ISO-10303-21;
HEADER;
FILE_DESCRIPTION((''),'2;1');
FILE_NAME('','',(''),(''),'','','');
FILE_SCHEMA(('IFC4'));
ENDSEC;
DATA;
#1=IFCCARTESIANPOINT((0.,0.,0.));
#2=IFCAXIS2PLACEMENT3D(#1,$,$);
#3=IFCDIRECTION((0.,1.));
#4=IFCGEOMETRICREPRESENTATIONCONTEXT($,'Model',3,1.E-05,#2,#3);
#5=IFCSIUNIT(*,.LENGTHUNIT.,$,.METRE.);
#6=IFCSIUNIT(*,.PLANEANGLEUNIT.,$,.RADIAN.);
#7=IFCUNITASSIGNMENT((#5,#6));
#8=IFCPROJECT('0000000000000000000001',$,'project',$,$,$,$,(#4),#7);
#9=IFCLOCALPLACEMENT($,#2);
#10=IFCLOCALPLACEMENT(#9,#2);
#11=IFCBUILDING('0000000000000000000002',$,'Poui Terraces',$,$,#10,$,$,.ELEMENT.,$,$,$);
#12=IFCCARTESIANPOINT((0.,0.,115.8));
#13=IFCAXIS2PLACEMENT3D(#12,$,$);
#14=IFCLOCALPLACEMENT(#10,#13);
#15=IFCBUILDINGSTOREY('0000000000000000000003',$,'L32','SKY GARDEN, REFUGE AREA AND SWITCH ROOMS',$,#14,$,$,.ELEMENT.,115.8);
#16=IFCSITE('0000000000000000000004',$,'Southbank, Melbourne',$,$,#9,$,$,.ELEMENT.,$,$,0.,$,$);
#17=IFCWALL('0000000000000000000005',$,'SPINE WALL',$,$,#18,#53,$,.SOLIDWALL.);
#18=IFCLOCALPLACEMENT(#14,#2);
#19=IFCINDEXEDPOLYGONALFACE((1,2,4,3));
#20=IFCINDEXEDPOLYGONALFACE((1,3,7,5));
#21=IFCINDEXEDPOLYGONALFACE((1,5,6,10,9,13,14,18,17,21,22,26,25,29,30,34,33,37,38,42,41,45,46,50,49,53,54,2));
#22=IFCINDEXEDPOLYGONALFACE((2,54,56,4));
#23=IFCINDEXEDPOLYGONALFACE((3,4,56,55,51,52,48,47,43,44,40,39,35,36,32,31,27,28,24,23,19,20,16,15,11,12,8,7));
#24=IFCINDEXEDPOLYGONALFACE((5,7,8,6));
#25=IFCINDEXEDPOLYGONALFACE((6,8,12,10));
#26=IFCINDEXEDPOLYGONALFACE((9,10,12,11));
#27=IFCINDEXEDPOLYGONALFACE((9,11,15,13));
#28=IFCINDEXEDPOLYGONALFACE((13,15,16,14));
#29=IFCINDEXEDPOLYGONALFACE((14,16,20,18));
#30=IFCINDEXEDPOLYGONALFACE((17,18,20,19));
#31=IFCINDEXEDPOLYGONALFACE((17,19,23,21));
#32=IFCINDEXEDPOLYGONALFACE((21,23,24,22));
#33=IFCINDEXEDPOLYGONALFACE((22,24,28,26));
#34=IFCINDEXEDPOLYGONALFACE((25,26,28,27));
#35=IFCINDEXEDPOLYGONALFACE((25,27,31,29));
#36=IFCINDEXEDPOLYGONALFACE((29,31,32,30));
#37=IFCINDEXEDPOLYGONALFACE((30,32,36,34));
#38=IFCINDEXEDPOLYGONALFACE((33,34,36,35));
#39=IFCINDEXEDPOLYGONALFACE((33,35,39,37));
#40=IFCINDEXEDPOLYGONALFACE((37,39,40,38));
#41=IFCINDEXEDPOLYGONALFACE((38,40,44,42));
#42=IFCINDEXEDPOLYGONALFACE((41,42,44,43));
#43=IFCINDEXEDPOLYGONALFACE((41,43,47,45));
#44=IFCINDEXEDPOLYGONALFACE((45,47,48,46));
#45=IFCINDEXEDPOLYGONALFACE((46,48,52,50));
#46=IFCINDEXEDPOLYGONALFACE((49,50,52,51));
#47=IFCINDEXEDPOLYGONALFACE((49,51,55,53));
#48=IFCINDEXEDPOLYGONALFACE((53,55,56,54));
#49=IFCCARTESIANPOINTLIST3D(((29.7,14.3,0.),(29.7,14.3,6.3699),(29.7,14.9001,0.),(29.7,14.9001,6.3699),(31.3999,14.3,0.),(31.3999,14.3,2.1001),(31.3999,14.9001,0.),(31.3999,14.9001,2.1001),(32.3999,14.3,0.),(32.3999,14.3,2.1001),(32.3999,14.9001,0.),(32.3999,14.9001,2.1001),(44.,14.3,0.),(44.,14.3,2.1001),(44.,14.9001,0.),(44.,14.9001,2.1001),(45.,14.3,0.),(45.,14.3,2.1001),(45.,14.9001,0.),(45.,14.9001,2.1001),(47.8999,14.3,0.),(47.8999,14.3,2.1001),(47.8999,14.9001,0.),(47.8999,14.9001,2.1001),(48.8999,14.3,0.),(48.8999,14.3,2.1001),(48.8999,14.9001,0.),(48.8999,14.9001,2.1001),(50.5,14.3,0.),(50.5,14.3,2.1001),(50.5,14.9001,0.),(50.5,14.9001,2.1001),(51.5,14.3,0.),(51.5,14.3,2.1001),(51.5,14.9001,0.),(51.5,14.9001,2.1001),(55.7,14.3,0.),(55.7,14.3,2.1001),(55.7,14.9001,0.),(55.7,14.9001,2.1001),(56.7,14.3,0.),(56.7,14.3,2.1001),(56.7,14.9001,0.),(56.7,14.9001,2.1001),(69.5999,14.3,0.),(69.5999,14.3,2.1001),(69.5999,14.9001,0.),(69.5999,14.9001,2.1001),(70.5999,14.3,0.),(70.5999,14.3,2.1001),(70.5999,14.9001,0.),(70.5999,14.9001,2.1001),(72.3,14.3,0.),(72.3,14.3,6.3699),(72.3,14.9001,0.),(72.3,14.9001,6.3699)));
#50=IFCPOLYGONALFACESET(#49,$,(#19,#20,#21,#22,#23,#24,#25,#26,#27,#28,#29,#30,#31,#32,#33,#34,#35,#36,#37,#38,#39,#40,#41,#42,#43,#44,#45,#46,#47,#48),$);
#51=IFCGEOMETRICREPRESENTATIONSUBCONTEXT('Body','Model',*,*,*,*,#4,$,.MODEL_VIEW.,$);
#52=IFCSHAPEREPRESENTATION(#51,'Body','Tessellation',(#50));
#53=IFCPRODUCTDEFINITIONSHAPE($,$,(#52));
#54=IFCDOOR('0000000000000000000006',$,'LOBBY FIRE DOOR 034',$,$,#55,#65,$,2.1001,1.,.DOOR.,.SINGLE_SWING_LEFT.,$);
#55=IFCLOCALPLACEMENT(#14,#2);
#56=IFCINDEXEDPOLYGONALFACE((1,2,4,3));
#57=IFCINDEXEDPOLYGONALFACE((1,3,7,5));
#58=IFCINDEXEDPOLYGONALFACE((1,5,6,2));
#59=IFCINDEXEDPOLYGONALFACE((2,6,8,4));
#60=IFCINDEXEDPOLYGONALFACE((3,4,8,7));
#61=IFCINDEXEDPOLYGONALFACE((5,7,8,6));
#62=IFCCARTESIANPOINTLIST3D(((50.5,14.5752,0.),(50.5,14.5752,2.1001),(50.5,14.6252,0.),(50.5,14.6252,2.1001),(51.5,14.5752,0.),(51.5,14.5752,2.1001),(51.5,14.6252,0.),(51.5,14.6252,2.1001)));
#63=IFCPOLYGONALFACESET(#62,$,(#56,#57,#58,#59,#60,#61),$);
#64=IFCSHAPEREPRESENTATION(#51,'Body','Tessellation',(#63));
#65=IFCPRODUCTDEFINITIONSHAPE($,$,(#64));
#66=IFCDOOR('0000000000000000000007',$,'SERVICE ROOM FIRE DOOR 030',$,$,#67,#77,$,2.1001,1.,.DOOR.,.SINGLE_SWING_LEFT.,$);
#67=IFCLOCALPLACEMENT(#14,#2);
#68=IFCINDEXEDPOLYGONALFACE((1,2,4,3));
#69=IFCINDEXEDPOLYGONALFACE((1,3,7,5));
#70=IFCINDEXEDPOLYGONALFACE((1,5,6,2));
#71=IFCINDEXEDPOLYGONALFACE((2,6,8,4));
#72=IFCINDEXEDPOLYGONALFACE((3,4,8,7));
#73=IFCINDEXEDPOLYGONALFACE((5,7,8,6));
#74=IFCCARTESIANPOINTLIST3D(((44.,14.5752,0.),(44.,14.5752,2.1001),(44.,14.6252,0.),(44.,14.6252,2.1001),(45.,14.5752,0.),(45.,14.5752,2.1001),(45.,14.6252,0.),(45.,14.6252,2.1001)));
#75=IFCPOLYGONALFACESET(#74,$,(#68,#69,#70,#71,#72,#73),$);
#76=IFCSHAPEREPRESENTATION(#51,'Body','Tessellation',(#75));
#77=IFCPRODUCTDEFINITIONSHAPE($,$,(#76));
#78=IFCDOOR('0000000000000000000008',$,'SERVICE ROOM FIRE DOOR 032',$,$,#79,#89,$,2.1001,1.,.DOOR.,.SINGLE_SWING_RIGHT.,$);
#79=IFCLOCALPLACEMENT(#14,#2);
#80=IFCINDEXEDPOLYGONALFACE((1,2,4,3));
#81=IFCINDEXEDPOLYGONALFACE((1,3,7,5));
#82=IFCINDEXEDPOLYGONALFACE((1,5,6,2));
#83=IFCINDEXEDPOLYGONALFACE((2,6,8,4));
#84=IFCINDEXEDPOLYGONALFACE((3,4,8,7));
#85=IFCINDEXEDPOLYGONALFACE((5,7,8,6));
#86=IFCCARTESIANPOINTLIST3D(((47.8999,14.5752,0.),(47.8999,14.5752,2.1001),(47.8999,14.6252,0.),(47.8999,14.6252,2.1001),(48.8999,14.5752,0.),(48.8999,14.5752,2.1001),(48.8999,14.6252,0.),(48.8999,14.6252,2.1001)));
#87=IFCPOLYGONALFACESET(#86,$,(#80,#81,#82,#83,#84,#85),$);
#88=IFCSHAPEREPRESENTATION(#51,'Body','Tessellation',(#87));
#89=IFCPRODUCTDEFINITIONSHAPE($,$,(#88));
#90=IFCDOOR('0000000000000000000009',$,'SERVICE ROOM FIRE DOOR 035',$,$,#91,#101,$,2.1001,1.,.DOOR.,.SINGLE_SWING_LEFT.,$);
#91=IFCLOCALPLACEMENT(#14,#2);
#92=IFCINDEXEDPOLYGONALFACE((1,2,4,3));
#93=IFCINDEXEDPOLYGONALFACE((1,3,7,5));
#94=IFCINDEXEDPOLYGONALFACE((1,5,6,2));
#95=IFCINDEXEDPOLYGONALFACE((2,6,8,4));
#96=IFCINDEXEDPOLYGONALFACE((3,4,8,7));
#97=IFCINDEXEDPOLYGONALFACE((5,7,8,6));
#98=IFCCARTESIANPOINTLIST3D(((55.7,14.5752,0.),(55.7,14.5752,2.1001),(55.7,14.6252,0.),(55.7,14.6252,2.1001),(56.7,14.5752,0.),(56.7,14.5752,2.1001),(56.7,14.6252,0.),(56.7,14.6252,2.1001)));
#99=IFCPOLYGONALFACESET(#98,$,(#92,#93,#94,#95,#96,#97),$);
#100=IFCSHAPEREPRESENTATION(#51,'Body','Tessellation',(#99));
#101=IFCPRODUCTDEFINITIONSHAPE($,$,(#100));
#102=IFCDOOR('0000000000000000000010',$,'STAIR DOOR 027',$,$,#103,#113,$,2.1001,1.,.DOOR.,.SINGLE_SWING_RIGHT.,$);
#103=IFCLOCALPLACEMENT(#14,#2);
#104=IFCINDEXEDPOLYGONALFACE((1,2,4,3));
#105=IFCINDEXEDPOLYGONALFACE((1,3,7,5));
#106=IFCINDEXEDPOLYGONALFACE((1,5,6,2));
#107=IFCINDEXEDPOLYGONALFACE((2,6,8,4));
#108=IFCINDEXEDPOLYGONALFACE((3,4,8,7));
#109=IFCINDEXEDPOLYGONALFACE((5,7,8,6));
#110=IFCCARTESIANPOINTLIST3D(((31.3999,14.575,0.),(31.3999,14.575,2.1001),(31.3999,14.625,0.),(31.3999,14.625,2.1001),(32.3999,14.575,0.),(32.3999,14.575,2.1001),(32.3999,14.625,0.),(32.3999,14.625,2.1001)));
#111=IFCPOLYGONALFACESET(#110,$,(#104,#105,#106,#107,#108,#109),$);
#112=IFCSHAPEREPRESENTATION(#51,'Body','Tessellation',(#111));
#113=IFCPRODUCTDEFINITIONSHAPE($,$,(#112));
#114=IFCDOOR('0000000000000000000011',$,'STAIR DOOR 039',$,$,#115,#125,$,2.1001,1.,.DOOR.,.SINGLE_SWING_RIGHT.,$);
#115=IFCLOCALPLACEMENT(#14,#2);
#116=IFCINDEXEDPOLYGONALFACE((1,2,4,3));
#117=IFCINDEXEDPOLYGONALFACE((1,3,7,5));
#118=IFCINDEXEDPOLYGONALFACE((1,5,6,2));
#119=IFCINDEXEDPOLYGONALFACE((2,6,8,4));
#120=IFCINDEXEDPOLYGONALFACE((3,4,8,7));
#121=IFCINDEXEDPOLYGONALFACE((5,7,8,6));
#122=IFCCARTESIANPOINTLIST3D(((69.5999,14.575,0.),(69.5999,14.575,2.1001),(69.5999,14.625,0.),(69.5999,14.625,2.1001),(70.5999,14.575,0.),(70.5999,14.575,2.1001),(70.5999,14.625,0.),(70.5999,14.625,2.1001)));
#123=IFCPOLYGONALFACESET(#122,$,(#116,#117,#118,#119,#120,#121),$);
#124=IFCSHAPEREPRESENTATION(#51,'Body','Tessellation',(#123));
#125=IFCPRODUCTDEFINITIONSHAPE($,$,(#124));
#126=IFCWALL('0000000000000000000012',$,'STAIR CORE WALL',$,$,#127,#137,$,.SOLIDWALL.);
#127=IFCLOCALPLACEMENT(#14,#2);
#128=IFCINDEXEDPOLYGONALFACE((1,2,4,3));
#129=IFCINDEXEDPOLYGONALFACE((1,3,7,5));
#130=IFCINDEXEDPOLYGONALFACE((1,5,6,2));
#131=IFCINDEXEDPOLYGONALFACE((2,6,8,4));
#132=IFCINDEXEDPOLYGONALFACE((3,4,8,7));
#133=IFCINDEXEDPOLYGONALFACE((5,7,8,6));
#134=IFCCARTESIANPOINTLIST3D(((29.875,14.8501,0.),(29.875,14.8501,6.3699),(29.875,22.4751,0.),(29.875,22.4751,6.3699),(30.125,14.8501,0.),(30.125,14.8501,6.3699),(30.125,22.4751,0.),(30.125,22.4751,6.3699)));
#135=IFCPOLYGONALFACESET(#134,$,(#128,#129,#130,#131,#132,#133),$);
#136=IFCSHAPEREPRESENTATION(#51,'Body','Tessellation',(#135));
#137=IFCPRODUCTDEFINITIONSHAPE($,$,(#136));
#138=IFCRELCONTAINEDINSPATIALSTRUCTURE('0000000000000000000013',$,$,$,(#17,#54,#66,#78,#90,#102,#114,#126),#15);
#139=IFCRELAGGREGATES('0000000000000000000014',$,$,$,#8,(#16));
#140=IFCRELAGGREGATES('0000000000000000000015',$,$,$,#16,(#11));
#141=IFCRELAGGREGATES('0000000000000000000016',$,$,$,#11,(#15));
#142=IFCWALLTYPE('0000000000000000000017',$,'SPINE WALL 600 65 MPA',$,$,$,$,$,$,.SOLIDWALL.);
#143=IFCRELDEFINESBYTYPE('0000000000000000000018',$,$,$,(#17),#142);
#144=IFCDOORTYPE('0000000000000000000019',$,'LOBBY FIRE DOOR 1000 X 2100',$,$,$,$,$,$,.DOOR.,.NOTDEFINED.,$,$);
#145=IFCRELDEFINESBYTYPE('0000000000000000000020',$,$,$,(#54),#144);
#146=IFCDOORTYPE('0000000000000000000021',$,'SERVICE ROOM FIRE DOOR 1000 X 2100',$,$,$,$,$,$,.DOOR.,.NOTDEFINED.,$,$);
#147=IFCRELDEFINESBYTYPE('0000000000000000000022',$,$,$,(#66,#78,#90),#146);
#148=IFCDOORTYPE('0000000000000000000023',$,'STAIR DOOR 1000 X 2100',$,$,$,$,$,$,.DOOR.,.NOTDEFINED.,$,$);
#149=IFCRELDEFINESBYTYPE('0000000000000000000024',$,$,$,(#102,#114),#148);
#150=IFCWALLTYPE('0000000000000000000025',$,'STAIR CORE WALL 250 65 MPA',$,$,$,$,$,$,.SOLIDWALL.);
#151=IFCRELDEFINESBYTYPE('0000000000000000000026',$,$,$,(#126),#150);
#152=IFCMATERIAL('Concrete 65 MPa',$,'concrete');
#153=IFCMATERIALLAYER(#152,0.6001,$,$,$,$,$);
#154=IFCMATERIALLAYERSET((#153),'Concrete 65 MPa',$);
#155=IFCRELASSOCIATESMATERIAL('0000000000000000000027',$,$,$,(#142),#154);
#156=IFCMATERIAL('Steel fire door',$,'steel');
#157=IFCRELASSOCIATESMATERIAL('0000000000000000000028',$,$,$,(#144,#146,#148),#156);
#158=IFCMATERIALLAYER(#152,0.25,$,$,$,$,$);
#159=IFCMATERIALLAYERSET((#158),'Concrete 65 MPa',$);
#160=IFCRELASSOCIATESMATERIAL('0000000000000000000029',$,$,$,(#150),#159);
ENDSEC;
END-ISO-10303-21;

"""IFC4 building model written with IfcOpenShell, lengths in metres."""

from ifc_helpers import new_model, si_unit, direction, frame, frame_2d, origin, place, context, subcontext, project, spatial, rectangle, extrude, material, layer, layer_set, type_object, element, fill, save


model = new_model("IFC4")

# Units and contexts
model_context = context("Model", 3, precision=1e-05, world=origin(), true_north=direction((0.0, 1.0)))
body_context = subcontext(model_context, "Body", "Model", "MODEL_VIEW")
ifc_project = project(units=[si_unit("LENGTHUNIT", "METRE"), si_unit("PLANEANGLEUNIT", "RADIAN")], contexts=[model_context])

# Site, building, storey
site_placement = place(None, origin())
site = spatial("IfcSite", under=ifc_project, at=site_placement, Name="Southbank, Melbourne", CompositionType="ELEMENT", RefElevation=0.0)
building_placement = place(site_placement, origin())
building = spatial("IfcBuilding", under=site, at=building_placement, Name="Poui Terraces", CompositionType="ELEMENT")
storey_placement = place(building_placement, frame((0.0, 0.0, 115.8)))
storey = spatial("IfcBuildingStorey", under=building, at=storey_placement, Name="L32", Description="SKY GARDEN, REFUGE AREA AND SWITCH ROOMS", CompositionType="ELEMENT", Elevation=115.8)

# Shared definitions
ifc_material_1 = material(Name="Concrete 65 MPa", Category="concrete")
ifc_material_2 = material(Name="Steel fire door", Category="steel")

# Wall, openings, doors
ifc_layer_1 = layer(ifc_material_1, 0.6001)
ifc_layer_set_1 = layer_set([ifc_layer_1], Name="Concrete 65 MPa")
wall_type_1 = type_object("IfcWallType", Name="SPINE WALL 600 65 MPA", PredefinedType="SOLIDWALL", material=ifc_layer_set_1)
wall_1_placement = place(storey_placement, frame((29.7, 14.6001, 0.0), z_axis=(0.0, 0.0, 1.0), x_axis=(1.0, 0.0, 0.0)))
wall_1 = element("IfcWall", 1, at=wall_1_placement, inside=storey, type_object=wall_type_1, Name="SPINE WALL", PredefinedType="SOLIDWALL", context=body_context, shape_type="SweptSolid", body=[
    extrude(rectangle(XDim=42.6001, YDim=0.6001, at=frame_2d((21.3, 0.0))), origin(), (0.0, 0.0, 1.0), 6.3699),
])
opening_1_placement = place(wall_1_placement, frame((1.7, 0.0, 0.0)))
opening_1 = element("IfcOpeningElement", 2, at=opening_1_placement, cuts=wall_1, PredefinedType="OPENING", context=body_context, shape_type="SweptSolid", body=[
    extrude(rectangle(XDim=1.0, YDim=2.1001, at=frame_2d((0.5, 1.05))), frame((0.0, 0.3101, 0.0), z_axis=(0.0, -1.0, 0.0), x_axis=(1.0, 0.0, 0.0)), (0.0, 0.0, 1.0), 0.6201),
])
opening_2_placement = place(wall_1_placement, frame((14.3, 0.0, 0.0)))
opening_2 = element("IfcOpeningElement", 3, at=opening_2_placement, cuts=wall_1, PredefinedType="OPENING", context=body_context, shape_type="SweptSolid", body=[
    extrude(rectangle(XDim=1.0, YDim=2.1001, at=frame_2d((0.5, 1.05))), frame((0.0, 0.3101, 0.0), z_axis=(0.0, -1.0, 0.0), x_axis=(1.0, 0.0, 0.0)), (0.0, 0.0, 1.0), 0.6201),
])
opening_3_placement = place(wall_1_placement, frame((18.2, 0.0, 0.0)))
opening_3 = element("IfcOpeningElement", 4, at=opening_3_placement, cuts=wall_1, PredefinedType="OPENING", context=body_context, shape_type="SweptSolid", body=[
    extrude(rectangle(XDim=1.0, YDim=2.1001, at=frame_2d((0.5, 1.05))), frame((0.0, 0.3101, 0.0), z_axis=(0.0, -1.0, 0.0), x_axis=(1.0, 0.0, 0.0)), (0.0, 0.0, 1.0), 0.6201),
])
opening_4_placement = place(wall_1_placement, frame((20.8, 0.0, 0.0)))
opening_4 = element("IfcOpeningElement", 5, at=opening_4_placement, cuts=wall_1, PredefinedType="OPENING", context=body_context, shape_type="SweptSolid", body=[
    extrude(rectangle(XDim=1.0, YDim=2.1001, at=frame_2d((0.5, 1.05))), frame((0.0, 0.3101, 0.0), z_axis=(0.0, -1.0, 0.0), x_axis=(1.0, 0.0, 0.0)), (0.0, 0.0, 1.0), 0.6201),
])
opening_5_placement = place(wall_1_placement, frame((26.0, 0.0, 0.0)))
opening_5 = element("IfcOpeningElement", 6, at=opening_5_placement, cuts=wall_1, PredefinedType="OPENING", context=body_context, shape_type="SweptSolid", body=[
    extrude(rectangle(XDim=1.0, YDim=2.1001, at=frame_2d((0.5, 1.05))), frame((0.0, 0.3101, 0.0), z_axis=(0.0, -1.0, 0.0), x_axis=(1.0, 0.0, 0.0)), (0.0, 0.0, 1.0), 0.6201),
])
opening_6_placement = place(wall_1_placement, frame((39.8999, 0.0, 0.0)))
opening_6 = element("IfcOpeningElement", 7, at=opening_6_placement, cuts=wall_1, PredefinedType="OPENING", context=body_context, shape_type="SweptSolid", body=[
    extrude(rectangle(XDim=1.0, YDim=2.1001, at=frame_2d((0.5, 1.05))), frame((0.0, 0.3101, 0.0), z_axis=(0.0, -1.0, 0.0), x_axis=(1.0, 0.0, 0.0)), (0.0, 0.0, 1.0), 0.6201),
])
door_type_1 = type_object("IfcDoorType", Name="LOBBY FIRE DOOR 1000 X 2100", OperationType="NOTDEFINED", PredefinedType="DOOR", material=ifc_material_2)
door_1_placement = place(opening_4_placement, frame((1.0, 0.0, 0.0), z_axis=(0.0, 0.0, 1.0), x_axis=(-1.0, 0.0, 0.0)))
door_1 = element("IfcDoor", 8, at=door_1_placement, inside=storey, type_object=door_type_1, Name="LOBBY FIRE DOOR 034", OperationType="SINGLE_SWING_LEFT", OverallHeight=2.1001, OverallWidth=1.0, PredefinedType="DOOR", context=body_context, shape_type="SweptSolid", body=[
    extrude(rectangle(XDim=1.0, YDim=2.1001, at=frame_2d((0.5, 1.05))), frame((0.0, 0.0249, 0.0), z_axis=(0.0, -1.0, 0.0), x_axis=(1.0, 0.0, 0.0)), (0.0, 0.0, 1.0), 0.05),
])
fill(opening_4, door_1)
door_type_2 = type_object("IfcDoorType", Name="SERVICE ROOM FIRE DOOR 1000 X 2100", OperationType="NOTDEFINED", PredefinedType="DOOR", material=ifc_material_2)
door_2_placement = place(opening_2_placement, frame((1.0, 0.0, 0.0), z_axis=(0.0, 0.0, 1.0), x_axis=(-1.0, 0.0, 0.0)))
door_2 = element("IfcDoor", 9, at=door_2_placement, inside=storey, type_object=door_type_2, Name="SERVICE ROOM FIRE DOOR 030", OperationType="SINGLE_SWING_LEFT", OverallHeight=2.1001, OverallWidth=1.0, PredefinedType="DOOR", context=body_context, shape_type="SweptSolid", body=[
    extrude(rectangle(XDim=1.0, YDim=2.1001, at=frame_2d((0.5, 1.05))), frame((0.0, 0.0249, 0.0), z_axis=(0.0, -1.0, 0.0), x_axis=(1.0, 0.0, 0.0)), (0.0, 0.0, 1.0), 0.05),
])
fill(opening_2, door_2)
door_3_placement = place(opening_3_placement, frame((1.0, 0.0, 0.0), z_axis=(0.0, 0.0, 1.0), x_axis=(-1.0, 0.0, 0.0)))
door_3 = element("IfcDoor", 10, at=door_3_placement, inside=storey, type_object=door_type_2, Name="SERVICE ROOM FIRE DOOR 032", OperationType="SINGLE_SWING_RIGHT", OverallHeight=2.1001, OverallWidth=1.0, PredefinedType="DOOR", context=body_context, shape_type="SweptSolid", body=[
    extrude(rectangle(XDim=1.0, YDim=2.1001, at=frame_2d((0.5, 1.05))), frame((0.0, 0.0249, 0.0), z_axis=(0.0, -1.0, 0.0), x_axis=(1.0, 0.0, 0.0)), (0.0, 0.0, 1.0), 0.05),
])
fill(opening_3, door_3)
door_4_placement = place(opening_5_placement, frame((1.0, 0.0, 0.0), z_axis=(0.0, 0.0, 1.0), x_axis=(-1.0, 0.0, 0.0)))
door_4 = element("IfcDoor", 11, at=door_4_placement, inside=storey, type_object=door_type_2, Name="SERVICE ROOM FIRE DOOR 035", OperationType="SINGLE_SWING_LEFT", OverallHeight=2.1001, OverallWidth=1.0, PredefinedType="DOOR", context=body_context, shape_type="SweptSolid", body=[
    extrude(rectangle(XDim=1.0, YDim=2.1001, at=frame_2d((0.5, 1.05))), frame((0.0, 0.0249, 0.0), z_axis=(0.0, -1.0, 0.0), x_axis=(1.0, 0.0, 0.0)), (0.0, 0.0, 1.0), 0.05),
])
fill(opening_5, door_4)
door_type_3 = type_object("IfcDoorType", Name="STAIR DOOR 1000 X 2100", OperationType="NOTDEFINED", PredefinedType="DOOR", material=ifc_material_2)
door_5_placement = place(opening_1_placement, origin())
door_5 = element("IfcDoor", 12, at=door_5_placement, inside=storey, type_object=door_type_3, Name="STAIR DOOR 027", OperationType="SINGLE_SWING_RIGHT", OverallHeight=2.1001, OverallWidth=1.0, PredefinedType="DOOR", context=body_context, shape_type="SweptSolid", body=[
    extrude(rectangle(XDim=1.0, YDim=2.1001, at=frame_2d((0.5, 1.05))), frame((0.0, 0.0249, 0.0), z_axis=(0.0, -1.0, 0.0), x_axis=(1.0, 0.0, 0.0)), (0.0, 0.0, 1.0), 0.05),
])
fill(opening_1, door_5)
door_6_placement = place(opening_6_placement, origin())
door_6 = element("IfcDoor", 13, at=door_6_placement, inside=storey, type_object=door_type_3, Name="STAIR DOOR 039", OperationType="SINGLE_SWING_RIGHT", OverallHeight=2.1001, OverallWidth=1.0, PredefinedType="DOOR", context=body_context, shape_type="SweptSolid", body=[
    extrude(rectangle(XDim=1.0, YDim=2.1001, at=frame_2d((0.5, 1.05))), frame((0.0, 0.0249, 0.0), z_axis=(0.0, -1.0, 0.0), x_axis=(1.0, 0.0, 0.0)), (0.0, 0.0, 1.0), 0.05),
])
fill(opening_6, door_6)

# Wall
ifc_layer_2 = layer(ifc_material_1, 0.25)
ifc_layer_set_2 = layer_set([ifc_layer_2], Name="Concrete 65 MPa")
wall_type_2 = type_object("IfcWallType", Name="STAIR CORE WALL 250 65 MPA", PredefinedType="SOLIDWALL", material=ifc_layer_set_2)
wall_2_placement = place(storey_placement, frame((30.0, 14.8501, 0.0), z_axis=(0.0, 0.0, 1.0), x_axis=(0.0, 1.0, 0.0)))
element("IfcWall", 14, at=wall_2_placement, inside=storey, type_object=wall_type_2, Name="STAIR CORE WALL", PredefinedType="SOLIDWALL", context=body_context, shape_type="SweptSolid", body=[
    extrude(rectangle(XDim=7.625, YDim=0.25, at=frame_2d((3.8125, 0.0))), origin(), (0.0, 0.0, 1.0), 6.3699),
])

save(model, "model.ifc")
